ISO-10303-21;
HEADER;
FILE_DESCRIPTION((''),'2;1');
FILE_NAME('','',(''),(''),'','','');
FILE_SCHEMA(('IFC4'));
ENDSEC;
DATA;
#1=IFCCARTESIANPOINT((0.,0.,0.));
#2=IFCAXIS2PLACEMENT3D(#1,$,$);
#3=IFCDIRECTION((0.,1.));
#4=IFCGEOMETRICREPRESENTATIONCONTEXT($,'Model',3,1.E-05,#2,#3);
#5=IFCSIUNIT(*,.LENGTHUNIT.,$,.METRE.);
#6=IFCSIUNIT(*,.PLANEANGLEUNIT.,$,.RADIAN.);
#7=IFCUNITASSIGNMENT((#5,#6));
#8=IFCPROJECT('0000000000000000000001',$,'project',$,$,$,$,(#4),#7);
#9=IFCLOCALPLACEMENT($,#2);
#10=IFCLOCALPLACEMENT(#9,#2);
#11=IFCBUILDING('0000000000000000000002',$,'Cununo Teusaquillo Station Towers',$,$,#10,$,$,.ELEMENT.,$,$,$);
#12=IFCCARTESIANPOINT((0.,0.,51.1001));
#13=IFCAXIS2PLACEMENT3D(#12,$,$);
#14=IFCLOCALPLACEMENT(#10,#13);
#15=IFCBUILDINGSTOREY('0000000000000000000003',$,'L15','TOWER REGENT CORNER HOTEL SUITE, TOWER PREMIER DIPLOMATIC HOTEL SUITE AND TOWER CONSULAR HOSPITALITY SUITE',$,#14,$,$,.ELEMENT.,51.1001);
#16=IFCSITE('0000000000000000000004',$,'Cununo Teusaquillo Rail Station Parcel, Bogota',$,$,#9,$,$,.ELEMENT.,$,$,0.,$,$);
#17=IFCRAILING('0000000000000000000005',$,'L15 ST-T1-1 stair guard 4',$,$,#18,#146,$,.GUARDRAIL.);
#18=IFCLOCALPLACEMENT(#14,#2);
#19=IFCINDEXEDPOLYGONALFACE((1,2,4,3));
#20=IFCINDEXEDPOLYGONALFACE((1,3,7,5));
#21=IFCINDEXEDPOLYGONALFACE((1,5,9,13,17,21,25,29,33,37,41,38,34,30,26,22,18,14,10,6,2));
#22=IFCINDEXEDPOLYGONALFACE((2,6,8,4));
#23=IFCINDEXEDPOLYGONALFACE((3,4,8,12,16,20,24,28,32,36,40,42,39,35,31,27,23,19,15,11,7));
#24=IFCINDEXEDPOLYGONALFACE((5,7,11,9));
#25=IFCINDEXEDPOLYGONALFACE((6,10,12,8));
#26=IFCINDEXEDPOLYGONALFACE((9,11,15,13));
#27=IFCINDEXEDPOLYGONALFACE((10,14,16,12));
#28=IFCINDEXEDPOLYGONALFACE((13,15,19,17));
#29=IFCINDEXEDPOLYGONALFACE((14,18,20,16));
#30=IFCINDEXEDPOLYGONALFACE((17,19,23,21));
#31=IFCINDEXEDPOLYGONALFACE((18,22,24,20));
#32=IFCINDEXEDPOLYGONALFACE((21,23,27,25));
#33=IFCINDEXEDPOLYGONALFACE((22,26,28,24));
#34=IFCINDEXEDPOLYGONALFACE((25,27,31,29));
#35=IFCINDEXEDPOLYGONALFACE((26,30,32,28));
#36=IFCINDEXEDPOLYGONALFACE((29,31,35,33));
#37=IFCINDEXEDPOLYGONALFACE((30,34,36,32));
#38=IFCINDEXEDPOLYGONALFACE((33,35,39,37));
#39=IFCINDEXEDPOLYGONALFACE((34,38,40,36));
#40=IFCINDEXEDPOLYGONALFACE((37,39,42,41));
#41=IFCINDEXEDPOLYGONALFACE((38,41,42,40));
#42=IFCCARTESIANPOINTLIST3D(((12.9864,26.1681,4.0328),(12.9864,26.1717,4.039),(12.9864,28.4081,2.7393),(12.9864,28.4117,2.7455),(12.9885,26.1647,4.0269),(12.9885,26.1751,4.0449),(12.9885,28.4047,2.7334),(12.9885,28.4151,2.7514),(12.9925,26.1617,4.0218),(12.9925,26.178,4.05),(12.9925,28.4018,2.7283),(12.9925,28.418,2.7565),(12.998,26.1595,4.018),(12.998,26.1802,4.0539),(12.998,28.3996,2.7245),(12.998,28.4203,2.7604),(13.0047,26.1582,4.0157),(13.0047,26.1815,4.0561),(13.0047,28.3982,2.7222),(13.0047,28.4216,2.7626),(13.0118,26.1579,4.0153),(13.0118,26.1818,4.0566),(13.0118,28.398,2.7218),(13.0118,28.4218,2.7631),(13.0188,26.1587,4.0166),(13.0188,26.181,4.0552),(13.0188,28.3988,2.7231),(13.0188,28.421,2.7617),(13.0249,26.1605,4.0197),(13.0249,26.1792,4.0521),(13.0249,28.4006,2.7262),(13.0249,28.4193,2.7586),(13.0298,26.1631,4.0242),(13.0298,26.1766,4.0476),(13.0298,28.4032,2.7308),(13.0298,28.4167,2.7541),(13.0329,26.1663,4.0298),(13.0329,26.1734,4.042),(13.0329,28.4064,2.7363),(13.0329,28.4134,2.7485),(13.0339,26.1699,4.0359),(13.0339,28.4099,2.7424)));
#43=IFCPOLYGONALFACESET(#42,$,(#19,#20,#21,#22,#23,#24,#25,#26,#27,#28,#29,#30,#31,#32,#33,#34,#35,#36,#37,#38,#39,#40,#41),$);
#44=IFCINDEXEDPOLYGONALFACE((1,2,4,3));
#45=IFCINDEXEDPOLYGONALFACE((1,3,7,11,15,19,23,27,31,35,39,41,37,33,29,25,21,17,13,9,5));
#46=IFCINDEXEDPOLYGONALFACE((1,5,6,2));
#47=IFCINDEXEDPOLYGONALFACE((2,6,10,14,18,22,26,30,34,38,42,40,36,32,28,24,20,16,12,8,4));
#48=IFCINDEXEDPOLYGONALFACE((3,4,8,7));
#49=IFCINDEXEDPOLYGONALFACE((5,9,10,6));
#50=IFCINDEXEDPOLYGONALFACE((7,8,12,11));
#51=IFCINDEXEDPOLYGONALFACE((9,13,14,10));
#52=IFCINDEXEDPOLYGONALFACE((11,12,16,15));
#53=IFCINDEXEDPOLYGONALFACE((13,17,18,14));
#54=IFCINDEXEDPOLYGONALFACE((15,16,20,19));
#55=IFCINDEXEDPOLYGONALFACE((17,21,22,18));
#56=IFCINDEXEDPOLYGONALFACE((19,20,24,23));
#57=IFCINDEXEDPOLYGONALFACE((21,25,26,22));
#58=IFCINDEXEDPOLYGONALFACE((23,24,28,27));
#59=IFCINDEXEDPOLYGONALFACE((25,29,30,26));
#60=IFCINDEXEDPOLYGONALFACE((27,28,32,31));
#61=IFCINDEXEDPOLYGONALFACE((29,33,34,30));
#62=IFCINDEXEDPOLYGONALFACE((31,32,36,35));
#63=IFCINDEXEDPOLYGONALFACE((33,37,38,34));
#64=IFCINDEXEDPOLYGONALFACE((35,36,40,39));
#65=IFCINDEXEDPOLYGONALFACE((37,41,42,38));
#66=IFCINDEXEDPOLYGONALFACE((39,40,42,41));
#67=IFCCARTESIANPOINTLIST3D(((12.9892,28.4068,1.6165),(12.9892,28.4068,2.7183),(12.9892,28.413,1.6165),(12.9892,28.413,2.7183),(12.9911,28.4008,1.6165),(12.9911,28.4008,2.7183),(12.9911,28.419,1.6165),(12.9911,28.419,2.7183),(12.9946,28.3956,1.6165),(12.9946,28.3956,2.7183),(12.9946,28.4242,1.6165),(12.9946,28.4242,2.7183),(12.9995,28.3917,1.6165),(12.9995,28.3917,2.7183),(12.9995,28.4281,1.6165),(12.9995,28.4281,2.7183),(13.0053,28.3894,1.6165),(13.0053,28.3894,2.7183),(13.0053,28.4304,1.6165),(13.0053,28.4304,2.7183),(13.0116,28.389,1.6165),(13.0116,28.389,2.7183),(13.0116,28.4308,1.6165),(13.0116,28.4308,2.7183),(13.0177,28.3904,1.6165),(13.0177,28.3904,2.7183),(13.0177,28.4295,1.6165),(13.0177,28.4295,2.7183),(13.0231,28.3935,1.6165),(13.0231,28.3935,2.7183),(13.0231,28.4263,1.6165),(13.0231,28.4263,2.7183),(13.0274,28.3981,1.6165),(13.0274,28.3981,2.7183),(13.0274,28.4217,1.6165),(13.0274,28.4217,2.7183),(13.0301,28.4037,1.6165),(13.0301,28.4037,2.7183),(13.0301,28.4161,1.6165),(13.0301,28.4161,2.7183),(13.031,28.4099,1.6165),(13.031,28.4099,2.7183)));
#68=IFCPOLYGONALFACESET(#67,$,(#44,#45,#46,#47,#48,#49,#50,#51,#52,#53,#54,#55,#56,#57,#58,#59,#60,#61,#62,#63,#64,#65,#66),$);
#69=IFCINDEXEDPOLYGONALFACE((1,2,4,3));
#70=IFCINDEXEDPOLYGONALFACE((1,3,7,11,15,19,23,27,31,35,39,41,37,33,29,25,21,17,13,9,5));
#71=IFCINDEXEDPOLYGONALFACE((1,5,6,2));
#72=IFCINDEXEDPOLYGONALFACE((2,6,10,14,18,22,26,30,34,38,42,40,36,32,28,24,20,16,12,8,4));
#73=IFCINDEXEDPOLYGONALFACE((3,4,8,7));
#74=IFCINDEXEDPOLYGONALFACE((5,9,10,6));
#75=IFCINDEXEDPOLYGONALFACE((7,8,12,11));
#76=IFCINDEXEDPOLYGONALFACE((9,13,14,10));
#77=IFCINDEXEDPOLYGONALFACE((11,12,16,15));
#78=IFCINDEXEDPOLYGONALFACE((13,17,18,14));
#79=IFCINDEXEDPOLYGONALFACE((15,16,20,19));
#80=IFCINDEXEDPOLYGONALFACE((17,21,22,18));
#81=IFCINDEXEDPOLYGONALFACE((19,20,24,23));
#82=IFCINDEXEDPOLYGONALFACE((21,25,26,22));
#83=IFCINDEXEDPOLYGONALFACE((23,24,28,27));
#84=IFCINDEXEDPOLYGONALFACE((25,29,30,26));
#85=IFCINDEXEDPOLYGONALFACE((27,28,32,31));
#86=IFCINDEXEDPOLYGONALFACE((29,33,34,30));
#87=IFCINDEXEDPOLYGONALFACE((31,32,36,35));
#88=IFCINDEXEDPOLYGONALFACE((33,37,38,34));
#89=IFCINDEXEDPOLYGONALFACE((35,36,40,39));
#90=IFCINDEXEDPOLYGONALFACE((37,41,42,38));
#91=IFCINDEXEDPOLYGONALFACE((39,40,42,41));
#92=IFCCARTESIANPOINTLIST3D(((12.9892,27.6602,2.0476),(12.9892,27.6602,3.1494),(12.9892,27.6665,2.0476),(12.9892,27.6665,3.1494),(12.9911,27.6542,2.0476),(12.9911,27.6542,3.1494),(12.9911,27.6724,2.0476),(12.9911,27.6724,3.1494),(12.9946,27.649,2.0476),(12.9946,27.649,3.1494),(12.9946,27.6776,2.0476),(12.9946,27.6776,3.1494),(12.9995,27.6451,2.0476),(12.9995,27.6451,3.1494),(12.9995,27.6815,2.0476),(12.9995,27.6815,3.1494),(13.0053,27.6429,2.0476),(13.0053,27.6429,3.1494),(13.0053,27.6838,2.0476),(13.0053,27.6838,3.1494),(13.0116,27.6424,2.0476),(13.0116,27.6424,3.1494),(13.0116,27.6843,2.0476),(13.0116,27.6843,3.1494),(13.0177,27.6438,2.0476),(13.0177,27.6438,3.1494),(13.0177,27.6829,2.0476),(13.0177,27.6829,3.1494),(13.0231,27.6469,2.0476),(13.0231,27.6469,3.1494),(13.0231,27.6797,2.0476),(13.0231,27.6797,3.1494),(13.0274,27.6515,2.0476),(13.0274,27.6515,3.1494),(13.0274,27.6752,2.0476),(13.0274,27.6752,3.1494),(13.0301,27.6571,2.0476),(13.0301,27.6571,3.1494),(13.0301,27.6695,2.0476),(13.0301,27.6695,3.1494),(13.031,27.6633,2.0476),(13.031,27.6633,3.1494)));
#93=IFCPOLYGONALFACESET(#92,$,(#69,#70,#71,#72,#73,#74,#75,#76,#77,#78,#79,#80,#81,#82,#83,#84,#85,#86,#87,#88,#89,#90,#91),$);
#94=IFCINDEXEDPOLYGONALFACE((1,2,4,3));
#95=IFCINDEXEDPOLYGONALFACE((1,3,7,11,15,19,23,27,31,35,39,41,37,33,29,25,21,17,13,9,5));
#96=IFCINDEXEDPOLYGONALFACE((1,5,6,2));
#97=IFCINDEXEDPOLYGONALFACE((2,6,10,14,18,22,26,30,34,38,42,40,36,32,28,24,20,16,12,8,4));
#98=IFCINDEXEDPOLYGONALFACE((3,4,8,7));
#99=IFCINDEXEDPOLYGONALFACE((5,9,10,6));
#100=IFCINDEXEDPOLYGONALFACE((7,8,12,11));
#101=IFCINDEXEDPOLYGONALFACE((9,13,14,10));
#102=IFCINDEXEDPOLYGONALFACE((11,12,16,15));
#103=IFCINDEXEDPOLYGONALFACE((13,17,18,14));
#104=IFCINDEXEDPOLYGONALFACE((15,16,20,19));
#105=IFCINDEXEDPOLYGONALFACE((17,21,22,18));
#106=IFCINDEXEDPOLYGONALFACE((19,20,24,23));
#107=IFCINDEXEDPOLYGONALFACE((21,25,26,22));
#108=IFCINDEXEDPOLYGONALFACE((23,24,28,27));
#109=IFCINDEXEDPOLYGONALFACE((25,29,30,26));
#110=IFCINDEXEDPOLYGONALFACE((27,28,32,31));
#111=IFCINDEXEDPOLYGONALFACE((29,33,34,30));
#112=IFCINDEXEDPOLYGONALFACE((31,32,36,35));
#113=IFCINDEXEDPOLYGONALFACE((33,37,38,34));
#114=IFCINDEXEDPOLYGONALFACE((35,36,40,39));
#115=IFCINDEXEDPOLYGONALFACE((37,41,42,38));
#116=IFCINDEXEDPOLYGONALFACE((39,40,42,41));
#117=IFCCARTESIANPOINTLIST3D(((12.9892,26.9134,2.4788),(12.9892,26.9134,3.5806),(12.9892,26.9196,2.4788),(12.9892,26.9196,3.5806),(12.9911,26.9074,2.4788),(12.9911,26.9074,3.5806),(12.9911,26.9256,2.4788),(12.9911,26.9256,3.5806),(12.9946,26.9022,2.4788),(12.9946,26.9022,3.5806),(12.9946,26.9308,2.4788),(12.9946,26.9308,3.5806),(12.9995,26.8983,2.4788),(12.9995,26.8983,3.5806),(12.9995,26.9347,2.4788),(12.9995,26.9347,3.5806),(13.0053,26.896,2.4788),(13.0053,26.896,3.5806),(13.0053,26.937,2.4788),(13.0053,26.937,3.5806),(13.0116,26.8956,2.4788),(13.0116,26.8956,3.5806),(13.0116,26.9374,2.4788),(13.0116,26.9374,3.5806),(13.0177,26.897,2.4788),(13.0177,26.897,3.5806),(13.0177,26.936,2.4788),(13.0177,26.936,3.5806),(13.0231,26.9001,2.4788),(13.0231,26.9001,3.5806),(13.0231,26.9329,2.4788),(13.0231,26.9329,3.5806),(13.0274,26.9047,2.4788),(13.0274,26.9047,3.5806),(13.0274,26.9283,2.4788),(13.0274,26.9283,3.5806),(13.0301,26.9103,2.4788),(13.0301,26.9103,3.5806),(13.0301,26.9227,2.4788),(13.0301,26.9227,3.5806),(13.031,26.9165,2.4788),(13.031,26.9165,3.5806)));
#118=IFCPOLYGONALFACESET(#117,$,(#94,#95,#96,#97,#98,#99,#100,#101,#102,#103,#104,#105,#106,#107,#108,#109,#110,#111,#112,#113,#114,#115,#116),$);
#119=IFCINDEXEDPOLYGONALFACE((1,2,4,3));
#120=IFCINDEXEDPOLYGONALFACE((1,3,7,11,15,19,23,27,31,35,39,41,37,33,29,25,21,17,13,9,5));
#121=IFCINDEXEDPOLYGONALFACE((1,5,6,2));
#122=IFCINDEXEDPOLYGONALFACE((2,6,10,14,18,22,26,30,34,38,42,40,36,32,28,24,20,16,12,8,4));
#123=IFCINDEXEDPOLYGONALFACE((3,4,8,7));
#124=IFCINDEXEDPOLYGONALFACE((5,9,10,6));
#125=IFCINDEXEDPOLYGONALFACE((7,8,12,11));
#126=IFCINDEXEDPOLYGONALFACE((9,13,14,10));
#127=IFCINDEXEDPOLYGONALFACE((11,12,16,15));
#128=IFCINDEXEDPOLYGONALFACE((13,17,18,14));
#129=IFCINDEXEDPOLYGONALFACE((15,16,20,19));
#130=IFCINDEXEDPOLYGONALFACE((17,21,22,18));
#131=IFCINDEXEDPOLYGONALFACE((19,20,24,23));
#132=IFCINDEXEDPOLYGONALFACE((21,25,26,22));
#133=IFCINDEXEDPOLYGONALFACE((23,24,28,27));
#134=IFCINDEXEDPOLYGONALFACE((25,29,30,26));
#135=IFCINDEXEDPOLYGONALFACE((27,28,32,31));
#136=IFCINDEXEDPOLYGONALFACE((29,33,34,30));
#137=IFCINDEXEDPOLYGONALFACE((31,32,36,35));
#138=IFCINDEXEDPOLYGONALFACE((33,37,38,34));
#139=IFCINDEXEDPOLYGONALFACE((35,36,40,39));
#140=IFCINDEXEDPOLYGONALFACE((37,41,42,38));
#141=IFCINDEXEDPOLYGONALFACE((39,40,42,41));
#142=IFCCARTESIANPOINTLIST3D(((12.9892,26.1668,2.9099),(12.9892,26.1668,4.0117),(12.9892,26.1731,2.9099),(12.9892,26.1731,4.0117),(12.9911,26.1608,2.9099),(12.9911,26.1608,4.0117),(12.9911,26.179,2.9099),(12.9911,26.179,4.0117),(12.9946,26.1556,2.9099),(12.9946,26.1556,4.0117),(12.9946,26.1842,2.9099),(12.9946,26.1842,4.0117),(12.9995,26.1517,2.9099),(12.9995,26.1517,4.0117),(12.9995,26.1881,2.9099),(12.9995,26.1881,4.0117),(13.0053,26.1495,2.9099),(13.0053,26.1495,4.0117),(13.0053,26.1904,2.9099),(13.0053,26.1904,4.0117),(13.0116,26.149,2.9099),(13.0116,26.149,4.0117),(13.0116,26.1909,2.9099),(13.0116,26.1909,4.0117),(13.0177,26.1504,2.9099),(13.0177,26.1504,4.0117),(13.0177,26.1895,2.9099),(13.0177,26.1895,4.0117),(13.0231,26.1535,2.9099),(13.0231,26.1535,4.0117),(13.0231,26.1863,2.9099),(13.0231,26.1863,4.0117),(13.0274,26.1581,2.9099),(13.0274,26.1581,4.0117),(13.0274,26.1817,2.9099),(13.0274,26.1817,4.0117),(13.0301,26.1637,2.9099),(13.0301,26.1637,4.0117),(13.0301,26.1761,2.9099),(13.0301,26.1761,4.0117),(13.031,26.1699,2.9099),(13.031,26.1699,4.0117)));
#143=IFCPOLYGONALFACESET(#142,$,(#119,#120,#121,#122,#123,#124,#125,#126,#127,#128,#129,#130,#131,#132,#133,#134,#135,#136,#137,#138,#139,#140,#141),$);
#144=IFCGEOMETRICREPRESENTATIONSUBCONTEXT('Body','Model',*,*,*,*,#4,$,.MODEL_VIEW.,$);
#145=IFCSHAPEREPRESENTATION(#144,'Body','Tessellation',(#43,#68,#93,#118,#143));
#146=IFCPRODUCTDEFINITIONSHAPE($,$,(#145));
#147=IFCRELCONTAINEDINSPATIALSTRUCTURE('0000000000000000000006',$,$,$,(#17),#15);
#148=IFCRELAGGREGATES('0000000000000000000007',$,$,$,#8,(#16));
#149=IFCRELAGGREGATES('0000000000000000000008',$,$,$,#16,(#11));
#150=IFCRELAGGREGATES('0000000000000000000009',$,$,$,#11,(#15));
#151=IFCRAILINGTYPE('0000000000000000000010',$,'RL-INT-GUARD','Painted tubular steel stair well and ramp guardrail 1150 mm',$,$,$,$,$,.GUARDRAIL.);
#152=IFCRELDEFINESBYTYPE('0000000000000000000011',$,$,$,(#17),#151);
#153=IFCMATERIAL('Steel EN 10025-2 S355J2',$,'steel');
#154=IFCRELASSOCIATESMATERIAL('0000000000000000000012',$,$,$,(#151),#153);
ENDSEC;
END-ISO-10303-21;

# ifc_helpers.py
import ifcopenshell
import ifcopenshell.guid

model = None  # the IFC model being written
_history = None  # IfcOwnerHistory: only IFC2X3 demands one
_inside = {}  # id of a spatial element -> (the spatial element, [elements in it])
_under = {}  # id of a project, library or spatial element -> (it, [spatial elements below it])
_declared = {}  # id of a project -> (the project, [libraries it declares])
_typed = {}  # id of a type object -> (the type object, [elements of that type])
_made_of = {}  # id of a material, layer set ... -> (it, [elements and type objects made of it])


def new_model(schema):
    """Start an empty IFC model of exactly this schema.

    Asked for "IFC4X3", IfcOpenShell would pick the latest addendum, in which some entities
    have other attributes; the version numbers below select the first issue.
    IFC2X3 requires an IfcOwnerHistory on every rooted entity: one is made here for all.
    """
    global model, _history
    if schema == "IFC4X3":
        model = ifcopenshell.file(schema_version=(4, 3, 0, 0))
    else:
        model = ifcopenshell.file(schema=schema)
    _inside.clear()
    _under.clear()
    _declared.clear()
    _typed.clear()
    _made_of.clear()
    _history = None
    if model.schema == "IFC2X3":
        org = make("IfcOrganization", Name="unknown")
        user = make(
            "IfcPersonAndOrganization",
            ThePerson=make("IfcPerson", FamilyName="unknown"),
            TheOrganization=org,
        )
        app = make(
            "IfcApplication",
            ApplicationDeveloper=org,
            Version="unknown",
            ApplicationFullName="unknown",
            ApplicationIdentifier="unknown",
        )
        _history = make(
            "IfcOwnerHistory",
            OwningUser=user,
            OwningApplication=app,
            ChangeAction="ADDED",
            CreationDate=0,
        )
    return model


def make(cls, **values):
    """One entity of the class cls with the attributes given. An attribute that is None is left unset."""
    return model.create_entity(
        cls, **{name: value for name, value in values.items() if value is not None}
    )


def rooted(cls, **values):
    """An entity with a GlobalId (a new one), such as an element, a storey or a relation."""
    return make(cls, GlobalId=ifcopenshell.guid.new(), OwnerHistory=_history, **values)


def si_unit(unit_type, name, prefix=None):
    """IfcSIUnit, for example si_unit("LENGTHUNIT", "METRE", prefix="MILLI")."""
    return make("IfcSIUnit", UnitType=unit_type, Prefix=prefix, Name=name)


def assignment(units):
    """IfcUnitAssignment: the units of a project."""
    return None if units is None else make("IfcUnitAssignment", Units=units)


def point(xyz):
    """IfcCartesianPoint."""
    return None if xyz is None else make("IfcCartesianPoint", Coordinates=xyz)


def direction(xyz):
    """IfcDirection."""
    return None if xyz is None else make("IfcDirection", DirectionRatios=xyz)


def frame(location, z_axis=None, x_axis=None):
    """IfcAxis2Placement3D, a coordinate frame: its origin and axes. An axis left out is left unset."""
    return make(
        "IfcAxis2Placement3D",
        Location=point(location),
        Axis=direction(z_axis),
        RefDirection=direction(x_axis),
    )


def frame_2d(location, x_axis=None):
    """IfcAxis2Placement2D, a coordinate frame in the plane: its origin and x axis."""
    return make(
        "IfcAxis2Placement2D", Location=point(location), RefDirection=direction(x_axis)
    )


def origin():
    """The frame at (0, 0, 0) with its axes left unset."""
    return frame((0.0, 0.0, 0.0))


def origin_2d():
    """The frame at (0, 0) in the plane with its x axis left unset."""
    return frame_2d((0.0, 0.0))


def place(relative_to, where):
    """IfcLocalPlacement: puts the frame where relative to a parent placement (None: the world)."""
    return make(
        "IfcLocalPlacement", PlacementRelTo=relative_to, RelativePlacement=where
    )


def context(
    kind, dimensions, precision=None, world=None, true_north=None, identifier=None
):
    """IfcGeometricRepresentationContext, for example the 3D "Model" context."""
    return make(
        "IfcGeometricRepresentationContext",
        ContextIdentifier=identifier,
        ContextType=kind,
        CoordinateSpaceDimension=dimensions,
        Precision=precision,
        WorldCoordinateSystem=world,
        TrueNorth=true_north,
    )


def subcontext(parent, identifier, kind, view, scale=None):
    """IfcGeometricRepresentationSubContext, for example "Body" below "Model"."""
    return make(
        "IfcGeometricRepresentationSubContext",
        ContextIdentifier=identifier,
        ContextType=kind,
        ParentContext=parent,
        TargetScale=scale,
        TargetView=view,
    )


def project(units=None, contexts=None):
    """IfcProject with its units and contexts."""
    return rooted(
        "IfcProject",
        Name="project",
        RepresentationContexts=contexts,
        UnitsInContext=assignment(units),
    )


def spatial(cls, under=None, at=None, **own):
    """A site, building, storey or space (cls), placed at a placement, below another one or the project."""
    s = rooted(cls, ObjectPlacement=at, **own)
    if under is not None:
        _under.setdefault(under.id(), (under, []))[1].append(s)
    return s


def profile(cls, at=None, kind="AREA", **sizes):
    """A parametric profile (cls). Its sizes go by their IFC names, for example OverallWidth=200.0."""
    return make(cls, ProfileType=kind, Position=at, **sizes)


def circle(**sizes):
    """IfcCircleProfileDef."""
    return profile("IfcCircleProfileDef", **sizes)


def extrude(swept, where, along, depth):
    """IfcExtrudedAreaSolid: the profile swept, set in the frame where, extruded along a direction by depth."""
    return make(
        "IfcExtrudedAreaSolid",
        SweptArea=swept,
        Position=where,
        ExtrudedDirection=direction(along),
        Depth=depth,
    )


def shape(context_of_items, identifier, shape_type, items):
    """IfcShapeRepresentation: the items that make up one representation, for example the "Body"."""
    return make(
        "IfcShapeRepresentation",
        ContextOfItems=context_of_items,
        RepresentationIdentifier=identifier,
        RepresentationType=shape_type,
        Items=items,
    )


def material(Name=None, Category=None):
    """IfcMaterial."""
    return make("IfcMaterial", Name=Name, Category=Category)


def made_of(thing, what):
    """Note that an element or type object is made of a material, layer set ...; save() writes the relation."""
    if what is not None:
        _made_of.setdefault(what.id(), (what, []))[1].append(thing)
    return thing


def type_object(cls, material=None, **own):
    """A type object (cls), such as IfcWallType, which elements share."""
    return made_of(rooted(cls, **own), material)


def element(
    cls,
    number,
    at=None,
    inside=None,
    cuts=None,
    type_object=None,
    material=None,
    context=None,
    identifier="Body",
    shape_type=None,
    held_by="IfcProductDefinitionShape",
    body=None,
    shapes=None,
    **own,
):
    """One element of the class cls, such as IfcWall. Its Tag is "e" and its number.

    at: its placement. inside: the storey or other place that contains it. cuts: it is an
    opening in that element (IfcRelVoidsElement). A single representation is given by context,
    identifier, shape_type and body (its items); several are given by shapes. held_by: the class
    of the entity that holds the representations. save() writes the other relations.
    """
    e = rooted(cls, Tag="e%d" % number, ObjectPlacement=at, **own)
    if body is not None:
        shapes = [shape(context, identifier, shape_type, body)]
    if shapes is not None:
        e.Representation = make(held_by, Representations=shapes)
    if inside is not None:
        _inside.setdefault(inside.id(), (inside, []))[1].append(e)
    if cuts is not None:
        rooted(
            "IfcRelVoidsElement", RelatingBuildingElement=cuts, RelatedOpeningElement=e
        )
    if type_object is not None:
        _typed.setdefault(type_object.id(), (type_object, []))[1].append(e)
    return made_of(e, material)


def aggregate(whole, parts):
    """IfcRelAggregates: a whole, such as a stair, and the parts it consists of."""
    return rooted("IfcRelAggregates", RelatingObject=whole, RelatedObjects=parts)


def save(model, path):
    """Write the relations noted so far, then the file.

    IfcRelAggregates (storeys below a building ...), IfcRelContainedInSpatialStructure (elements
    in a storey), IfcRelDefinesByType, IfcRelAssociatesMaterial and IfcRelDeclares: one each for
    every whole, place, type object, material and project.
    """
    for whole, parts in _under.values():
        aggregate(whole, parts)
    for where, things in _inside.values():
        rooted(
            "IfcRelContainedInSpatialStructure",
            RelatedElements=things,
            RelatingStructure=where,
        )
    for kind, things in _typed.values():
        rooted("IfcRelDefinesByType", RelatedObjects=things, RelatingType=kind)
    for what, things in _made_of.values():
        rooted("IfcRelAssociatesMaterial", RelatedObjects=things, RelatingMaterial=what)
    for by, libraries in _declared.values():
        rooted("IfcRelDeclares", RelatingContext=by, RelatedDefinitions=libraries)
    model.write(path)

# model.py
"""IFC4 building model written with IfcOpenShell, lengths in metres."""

from ifc_helpers import new_model, si_unit, direction, frame, origin, origin_2d, place, context, subcontext, project, spatial, circle, extrude, material, type_object, element, save


model = new_model("IFC4")

# Units and contexts
model_context = context("Model", 3, precision=1e-05, world=origin(), true_north=direction((0.0, 1.0)))
body_context = subcontext(model_context, "Body", "Model", "MODEL_VIEW")
ifc_project = project(units=[si_unit("LENGTHUNIT", "METRE"), si_unit("PLANEANGLEUNIT", "RADIAN")], contexts=[model_context])

# Site, building, storey
site_placement = place(None, origin())
site = spatial("IfcSite", under=ifc_project, at=site_placement, Name="Cununo Teusaquillo Rail Station Parcel, Bogota", CompositionType="ELEMENT", RefElevation=0.0)
building_placement = place(site_placement, origin())
building = spatial("IfcBuilding", under=site, at=building_placement, Name="Cununo Teusaquillo Station Towers", CompositionType="ELEMENT")
storey_placement = place(building_placement, frame((0.0, 0.0, 51.1001)))
storey = spatial("IfcBuildingStorey", under=building, at=storey_placement, Name="L15", Description="TOWER REGENT CORNER HOTEL SUITE, TOWER PREMIER DIPLOMATIC HOTEL SUITE AND TOWER CONSULAR HOSPITALITY SUITE", CompositionType="ELEMENT", Elevation=51.1001)

# Railing
ifc_material_1 = material(Name="Steel EN 10025-2 S355J2", Category="steel")
railing_type_1 = type_object("IfcRailingType", Name="RL-INT-GUARD", Description="Painted tubular steel stair well and ramp guardrail 1150 mm", PredefinedType="GUARDRAIL", material=ifc_material_1)
railing_1_placement = place(storey_placement, frame((13.01, 28.4099, 1.6165)))
element("IfcRailing", 1, at=railing_1_placement, inside=storey, type_object=railing_type_1, Name="L15 ST-T1-1 stair guard 4", PredefinedType="GUARDRAIL", context=body_context, shape_type="SweptSolid", body=[
    extrude(circle(Radius=0.0239, at=origin_2d()), frame((0.0, 0.0, 1.126), z_axis=(0.0, -0.865992, 0.500057), x_axis=(1.0, 0.0, 0.0)), (0.0, 0.0, 1.0), 2.5867),
    extrude(circle(Radius=0.021, at=origin_2d()), origin(), (0.0, 0.0, 1.0), 1.1018),
    extrude(circle(Radius=0.021, at=origin_2d()), frame((0.0, -0.7466, 0.4312)), (0.0, 0.0, 1.0), 1.1018),
    extrude(circle(Radius=0.021, at=origin_2d()), frame((0.0, -1.4934, 0.8623)), (0.0, 0.0, 1.0), 1.1018),
    extrude(circle(Radius=0.021, at=origin_2d()), frame((0.0, -2.24, 1.2935)), (0.0, 0.0, 1.0), 1.1018),
])

save(model, "model.ifc")
